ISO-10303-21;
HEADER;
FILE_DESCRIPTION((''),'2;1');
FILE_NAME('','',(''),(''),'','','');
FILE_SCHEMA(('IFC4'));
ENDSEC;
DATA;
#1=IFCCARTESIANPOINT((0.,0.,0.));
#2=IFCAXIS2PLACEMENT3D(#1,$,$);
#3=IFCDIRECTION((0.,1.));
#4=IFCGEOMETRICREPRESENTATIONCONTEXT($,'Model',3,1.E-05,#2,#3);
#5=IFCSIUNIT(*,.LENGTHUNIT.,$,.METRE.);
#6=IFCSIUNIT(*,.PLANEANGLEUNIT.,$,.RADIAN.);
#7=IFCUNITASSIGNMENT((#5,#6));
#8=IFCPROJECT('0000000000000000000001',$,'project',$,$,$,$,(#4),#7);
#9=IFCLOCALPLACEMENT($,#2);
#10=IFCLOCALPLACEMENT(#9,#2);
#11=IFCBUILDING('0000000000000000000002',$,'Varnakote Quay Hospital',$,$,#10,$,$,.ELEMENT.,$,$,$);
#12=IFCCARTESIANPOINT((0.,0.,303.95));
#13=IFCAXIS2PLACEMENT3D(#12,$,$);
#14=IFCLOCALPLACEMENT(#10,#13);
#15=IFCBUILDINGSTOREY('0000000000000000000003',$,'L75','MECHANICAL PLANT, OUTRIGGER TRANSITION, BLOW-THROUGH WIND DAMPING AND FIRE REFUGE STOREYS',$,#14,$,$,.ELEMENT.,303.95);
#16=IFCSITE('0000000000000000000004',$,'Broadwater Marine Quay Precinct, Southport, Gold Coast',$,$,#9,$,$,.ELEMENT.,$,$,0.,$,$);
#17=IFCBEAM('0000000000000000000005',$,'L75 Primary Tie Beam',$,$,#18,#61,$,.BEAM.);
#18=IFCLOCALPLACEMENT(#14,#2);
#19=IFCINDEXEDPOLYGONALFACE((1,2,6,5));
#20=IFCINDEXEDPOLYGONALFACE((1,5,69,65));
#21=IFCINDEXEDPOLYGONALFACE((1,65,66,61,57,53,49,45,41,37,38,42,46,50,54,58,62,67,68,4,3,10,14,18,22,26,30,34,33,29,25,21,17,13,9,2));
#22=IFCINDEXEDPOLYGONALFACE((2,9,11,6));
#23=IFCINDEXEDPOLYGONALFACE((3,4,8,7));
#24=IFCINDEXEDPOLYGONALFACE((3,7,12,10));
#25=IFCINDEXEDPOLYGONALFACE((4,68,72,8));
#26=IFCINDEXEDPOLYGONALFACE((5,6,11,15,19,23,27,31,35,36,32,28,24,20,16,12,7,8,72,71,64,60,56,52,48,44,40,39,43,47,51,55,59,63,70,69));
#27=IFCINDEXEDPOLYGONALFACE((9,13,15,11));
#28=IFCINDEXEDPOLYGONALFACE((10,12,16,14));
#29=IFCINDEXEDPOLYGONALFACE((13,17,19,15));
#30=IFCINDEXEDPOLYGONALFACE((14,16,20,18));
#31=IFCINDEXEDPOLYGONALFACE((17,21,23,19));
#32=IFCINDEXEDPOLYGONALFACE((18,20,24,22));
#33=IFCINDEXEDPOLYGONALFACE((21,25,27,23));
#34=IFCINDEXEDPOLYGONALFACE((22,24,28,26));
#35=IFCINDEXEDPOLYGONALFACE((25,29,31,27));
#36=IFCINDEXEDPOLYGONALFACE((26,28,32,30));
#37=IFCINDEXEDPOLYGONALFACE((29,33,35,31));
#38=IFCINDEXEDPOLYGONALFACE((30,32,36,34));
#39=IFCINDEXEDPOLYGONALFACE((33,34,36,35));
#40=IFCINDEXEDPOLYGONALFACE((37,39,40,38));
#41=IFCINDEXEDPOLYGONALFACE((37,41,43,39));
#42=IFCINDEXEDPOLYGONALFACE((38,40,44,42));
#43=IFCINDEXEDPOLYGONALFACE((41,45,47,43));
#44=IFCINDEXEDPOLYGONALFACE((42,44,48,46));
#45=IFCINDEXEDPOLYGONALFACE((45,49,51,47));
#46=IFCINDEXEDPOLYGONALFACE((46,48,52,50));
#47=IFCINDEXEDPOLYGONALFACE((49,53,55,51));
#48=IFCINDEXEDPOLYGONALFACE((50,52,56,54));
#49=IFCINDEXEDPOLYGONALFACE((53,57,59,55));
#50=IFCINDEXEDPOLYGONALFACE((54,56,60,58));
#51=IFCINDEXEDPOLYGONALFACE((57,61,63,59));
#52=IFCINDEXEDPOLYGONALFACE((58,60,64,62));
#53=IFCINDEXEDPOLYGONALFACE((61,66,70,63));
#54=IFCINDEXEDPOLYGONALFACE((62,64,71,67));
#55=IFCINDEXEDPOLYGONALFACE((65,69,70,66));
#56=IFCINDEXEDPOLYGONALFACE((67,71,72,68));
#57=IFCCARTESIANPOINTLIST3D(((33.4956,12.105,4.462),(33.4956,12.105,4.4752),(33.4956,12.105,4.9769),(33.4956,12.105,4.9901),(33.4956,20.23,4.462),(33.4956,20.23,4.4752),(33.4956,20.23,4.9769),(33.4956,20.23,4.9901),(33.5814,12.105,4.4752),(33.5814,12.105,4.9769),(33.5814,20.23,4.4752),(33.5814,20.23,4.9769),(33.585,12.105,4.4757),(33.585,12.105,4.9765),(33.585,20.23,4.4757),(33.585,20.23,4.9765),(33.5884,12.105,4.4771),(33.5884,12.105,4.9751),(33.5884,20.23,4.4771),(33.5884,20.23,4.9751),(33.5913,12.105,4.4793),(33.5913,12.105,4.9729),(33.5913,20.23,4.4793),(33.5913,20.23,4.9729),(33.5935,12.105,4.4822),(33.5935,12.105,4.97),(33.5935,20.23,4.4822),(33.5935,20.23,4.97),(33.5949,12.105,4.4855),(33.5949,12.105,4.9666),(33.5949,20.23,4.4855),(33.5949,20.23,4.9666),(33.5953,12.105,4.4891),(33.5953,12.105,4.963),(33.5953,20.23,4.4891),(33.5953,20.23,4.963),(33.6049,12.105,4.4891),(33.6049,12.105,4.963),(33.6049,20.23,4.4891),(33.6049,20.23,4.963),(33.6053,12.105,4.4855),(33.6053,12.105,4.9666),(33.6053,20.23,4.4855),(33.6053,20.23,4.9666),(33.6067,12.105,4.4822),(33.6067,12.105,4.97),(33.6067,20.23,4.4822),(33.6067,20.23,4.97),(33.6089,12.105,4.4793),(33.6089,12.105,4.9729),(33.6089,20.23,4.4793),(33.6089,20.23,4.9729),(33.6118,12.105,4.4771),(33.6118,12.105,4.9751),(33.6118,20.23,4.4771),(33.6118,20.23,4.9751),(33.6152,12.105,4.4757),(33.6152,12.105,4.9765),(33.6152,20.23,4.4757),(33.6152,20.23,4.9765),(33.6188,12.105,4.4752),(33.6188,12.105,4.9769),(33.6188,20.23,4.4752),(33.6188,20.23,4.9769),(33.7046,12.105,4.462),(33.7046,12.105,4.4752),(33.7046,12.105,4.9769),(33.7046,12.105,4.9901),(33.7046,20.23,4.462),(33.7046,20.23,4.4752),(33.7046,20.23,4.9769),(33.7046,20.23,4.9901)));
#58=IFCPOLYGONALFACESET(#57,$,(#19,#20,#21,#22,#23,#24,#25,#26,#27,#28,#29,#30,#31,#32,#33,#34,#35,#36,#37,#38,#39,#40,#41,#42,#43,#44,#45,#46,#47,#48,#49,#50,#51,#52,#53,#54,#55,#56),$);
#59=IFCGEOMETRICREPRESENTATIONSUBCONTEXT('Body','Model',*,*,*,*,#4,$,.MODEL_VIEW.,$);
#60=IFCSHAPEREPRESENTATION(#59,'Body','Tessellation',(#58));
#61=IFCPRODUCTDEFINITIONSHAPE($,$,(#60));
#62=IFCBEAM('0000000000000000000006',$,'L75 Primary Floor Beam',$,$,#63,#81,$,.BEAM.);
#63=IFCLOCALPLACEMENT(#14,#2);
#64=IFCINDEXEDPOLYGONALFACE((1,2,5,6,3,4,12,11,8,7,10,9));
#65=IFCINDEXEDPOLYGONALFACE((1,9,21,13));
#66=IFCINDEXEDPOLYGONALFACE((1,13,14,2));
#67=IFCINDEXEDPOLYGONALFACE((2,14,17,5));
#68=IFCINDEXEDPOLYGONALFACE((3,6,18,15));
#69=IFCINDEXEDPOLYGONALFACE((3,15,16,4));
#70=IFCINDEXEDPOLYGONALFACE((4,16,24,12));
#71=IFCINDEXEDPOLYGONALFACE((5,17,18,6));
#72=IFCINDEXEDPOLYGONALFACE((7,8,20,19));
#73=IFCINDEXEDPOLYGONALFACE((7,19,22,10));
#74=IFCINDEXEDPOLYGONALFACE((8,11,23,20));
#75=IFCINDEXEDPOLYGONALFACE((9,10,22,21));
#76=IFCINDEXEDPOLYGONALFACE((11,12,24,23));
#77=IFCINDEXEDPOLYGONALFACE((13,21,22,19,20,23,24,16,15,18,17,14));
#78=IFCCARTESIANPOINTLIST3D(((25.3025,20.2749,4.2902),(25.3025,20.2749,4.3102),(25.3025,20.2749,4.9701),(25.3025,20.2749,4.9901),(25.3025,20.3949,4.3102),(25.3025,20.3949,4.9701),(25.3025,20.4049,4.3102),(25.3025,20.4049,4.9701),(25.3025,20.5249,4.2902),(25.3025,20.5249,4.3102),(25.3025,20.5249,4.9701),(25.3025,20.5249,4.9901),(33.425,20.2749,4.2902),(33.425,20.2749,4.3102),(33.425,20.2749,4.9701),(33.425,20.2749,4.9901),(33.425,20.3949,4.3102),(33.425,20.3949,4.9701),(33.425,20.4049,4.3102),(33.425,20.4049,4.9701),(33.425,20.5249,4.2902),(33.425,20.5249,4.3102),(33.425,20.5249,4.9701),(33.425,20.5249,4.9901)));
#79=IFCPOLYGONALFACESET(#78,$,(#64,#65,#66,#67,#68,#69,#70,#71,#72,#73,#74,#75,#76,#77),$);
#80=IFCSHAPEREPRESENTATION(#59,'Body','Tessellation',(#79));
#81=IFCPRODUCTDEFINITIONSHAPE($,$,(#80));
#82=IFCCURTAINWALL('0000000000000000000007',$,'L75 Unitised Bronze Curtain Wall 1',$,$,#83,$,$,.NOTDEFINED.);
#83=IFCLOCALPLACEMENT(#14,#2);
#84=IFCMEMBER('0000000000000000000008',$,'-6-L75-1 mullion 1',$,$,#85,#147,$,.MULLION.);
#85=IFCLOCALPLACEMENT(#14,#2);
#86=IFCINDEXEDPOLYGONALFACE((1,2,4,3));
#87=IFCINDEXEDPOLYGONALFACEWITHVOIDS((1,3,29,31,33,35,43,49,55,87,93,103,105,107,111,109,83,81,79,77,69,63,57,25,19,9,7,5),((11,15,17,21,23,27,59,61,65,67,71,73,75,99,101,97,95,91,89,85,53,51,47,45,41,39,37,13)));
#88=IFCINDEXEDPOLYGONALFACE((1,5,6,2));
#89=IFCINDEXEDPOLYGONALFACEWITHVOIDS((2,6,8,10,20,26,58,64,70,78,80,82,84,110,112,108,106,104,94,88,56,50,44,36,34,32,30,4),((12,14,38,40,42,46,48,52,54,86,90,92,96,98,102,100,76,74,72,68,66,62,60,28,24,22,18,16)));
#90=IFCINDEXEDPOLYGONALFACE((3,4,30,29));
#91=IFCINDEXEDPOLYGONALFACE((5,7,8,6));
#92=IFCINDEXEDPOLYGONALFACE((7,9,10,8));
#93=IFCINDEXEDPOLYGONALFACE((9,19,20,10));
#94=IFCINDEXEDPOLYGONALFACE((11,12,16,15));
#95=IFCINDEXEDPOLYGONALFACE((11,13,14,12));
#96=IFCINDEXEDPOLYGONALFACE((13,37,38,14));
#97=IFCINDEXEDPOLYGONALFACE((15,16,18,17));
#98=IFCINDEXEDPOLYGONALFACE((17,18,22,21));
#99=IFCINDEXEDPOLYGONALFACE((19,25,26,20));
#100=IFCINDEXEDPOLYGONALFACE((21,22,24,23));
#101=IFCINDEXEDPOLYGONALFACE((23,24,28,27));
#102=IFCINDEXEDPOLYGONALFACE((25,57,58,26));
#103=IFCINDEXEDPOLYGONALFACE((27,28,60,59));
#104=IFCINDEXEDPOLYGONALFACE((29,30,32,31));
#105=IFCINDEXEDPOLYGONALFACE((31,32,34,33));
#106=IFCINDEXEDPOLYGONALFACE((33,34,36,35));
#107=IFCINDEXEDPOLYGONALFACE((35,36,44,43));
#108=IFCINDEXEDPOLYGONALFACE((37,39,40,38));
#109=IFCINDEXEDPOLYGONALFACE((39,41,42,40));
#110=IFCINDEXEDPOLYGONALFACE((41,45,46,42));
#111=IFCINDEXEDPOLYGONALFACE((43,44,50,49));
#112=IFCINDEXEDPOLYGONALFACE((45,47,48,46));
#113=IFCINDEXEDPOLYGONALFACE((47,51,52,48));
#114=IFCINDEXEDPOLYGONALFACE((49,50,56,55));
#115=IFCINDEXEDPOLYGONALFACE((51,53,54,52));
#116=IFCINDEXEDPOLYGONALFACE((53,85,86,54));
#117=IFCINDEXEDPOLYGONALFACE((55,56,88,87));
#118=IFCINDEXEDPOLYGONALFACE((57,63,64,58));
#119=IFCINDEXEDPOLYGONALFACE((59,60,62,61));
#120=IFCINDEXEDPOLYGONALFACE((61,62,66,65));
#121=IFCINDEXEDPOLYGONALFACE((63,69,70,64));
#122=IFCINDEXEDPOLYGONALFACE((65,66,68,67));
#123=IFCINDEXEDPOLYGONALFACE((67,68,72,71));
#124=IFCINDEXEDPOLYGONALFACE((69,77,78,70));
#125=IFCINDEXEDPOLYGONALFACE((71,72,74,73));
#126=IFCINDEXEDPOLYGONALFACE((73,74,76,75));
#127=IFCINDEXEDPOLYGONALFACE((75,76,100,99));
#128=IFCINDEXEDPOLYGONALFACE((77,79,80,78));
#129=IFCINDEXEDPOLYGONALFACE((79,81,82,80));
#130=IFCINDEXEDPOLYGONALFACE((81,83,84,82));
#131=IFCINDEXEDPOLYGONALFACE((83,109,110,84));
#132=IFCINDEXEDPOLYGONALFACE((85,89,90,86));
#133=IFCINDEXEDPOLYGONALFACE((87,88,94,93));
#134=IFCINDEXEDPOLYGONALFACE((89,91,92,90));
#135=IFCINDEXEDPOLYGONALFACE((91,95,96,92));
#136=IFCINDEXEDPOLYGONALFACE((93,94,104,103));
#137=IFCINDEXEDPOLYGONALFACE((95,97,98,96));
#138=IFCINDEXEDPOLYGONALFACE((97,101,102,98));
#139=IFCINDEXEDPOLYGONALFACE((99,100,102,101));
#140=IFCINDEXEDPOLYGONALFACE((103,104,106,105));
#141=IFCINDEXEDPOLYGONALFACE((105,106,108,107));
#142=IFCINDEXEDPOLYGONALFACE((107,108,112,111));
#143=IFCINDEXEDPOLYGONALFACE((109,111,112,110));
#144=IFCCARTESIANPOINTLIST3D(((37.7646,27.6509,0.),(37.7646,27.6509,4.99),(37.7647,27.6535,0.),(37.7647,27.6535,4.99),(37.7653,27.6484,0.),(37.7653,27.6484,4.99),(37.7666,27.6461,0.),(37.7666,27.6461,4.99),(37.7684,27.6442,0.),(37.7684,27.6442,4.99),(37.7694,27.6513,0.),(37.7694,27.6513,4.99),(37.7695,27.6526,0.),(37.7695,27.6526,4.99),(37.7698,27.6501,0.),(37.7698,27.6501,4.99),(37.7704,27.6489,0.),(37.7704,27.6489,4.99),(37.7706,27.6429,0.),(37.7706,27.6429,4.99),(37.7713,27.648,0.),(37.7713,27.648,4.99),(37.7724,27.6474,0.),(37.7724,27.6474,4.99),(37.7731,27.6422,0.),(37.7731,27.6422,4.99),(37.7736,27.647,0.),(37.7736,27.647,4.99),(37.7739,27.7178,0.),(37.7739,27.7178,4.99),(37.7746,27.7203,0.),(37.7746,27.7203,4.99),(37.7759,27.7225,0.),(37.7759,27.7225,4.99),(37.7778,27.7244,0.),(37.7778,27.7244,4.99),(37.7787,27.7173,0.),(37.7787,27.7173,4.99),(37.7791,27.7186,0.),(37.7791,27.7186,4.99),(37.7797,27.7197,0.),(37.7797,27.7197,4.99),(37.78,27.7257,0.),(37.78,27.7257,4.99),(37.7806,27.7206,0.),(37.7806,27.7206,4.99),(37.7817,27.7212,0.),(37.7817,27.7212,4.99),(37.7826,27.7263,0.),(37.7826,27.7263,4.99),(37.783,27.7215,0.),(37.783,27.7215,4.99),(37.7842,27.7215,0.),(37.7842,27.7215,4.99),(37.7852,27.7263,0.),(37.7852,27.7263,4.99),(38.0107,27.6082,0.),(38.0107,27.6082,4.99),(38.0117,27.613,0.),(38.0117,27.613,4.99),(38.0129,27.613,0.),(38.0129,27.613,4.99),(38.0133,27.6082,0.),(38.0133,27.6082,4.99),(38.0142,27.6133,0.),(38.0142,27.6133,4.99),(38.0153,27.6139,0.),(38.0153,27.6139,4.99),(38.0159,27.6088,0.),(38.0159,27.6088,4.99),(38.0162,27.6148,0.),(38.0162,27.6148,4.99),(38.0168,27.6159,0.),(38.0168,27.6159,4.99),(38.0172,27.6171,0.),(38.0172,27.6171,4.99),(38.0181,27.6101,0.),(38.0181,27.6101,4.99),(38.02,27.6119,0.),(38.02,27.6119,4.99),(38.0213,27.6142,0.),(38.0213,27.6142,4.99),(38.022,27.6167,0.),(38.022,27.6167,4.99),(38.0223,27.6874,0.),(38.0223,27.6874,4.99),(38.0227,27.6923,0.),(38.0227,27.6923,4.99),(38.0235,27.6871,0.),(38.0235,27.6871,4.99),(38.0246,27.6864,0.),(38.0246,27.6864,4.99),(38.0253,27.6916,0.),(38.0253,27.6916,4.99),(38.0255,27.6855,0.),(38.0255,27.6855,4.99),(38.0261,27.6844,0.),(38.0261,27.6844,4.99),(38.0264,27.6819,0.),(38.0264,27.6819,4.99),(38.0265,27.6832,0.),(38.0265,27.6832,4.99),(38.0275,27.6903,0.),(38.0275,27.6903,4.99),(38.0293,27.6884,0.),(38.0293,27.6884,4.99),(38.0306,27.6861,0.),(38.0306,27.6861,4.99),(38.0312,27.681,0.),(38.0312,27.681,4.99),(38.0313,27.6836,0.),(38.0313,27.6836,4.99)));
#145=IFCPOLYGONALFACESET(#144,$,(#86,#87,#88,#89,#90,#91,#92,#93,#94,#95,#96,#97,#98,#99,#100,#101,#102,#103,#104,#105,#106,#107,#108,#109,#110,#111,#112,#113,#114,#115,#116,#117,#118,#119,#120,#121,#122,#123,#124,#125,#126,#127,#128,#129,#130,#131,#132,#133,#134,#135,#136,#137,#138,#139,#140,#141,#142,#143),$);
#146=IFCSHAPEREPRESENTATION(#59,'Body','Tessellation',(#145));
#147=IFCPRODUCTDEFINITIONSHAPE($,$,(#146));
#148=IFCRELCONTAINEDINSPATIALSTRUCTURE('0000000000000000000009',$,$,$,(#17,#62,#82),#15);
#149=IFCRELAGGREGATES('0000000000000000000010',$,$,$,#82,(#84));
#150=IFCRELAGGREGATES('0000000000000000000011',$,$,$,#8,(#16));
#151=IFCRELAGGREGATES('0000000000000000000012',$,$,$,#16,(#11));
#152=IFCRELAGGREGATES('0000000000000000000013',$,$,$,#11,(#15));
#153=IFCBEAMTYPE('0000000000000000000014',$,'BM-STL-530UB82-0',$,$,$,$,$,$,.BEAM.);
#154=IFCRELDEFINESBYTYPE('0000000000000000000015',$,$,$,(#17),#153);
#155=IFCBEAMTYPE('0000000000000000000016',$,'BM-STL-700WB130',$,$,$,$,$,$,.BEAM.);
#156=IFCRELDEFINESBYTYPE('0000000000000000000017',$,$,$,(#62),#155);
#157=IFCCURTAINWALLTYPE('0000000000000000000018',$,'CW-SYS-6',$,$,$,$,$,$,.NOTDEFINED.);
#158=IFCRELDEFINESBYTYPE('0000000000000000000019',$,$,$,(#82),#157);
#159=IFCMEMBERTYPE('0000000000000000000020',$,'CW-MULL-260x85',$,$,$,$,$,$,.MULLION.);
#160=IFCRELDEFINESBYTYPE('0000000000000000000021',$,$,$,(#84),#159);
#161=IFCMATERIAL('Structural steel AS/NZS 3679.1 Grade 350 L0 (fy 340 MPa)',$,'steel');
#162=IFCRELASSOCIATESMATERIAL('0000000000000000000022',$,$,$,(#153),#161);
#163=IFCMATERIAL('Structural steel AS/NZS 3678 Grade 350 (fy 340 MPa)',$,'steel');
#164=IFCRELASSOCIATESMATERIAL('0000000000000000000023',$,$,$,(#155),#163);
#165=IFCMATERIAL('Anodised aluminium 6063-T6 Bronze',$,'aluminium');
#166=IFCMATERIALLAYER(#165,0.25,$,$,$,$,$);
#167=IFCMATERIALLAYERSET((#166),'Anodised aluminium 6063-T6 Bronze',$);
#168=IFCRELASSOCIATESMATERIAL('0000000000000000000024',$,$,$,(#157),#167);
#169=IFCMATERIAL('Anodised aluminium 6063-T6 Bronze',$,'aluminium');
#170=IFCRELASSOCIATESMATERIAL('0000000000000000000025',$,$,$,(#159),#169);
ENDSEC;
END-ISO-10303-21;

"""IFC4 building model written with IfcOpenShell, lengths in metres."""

from ifc_helpers import new_model, si_unit, direction, frame, origin, origin_2d, place, context, subcontext, project, spatial, hollow_rectangle, i_section, extrude, material, layer, layer_set, material_profile, profile_set, type_object, element, aggregate, save


model = new_model("IFC4")

# Units and contexts
model_context = context("Model", 3, precision=1e-05, world=origin(), true_north=direction((0.0, 1.0)))
body_context = subcontext(model_context, "Body", "Model", "MODEL_VIEW")
ifc_project = project(units=[si_unit("LENGTHUNIT", "METRE"), si_unit("PLANEANGLEUNIT", "RADIAN")], contexts=[model_context])

# Site, building, storey
site_placement = place(None, origin())
site = spatial("IfcSite", under=ifc_project, at=site_placement, Name="Broadwater Marine Quay Precinct, Southport, Gold Coast", CompositionType="ELEMENT", RefElevation=0.0)
building_placement = place(site_placement, origin())
building = spatial("IfcBuilding", under=site, at=building_placement, Name="Varnakote Quay Hospital", CompositionType="ELEMENT")
storey_placement = place(building_placement, frame((0.0, 0.0, 303.95)))
storey = spatial("IfcBuildingStorey", under=building, at=storey_placement, Name="L75", Description="MECHANICAL PLANT, OUTRIGGER TRANSITION, BLOW-THROUGH WIND DAMPING AND FIRE REFUGE STOREYS", CompositionType="ELEMENT", Elevation=303.95)

# Beams
ifc_material_1 = material(Name="Structural steel AS/NZS 3679.1 Grade 350 L0 (fy 340 MPa)", Category="steel")
ifc_material_profile_1 = material_profile(ifc_material_1, i_section(OverallWidth=0.209, OverallDepth=0.5281, WebThickness=0.0095, FlangeThickness=0.0132, FilletRadius=0.0139, at=origin_2d()), Name="530UB82.0")
ifc_profile_set_1 = profile_set([ifc_material_profile_1], Name="Structural steel AS/NZS 3679.1 Grade 350 L0 (fy 340 MPa)")
beam_type_1 = type_object("IfcBeamType", Name="BM-STL-530UB82-0", PredefinedType="BEAM", material=ifc_profile_set_1)
beam_1_placement = place(storey_placement, frame((33.6001, 12.105, 4.7261), z_axis=(0.0, 1.0, 0.0), x_axis=(-1.0, 0.0, 0.0)))
element("IfcBeam", 1, at=beam_1_placement, inside=storey, type_object=beam_type_1, Name="L75 Primary Tie Beam", PredefinedType="BEAM", context=body_context, shape_type="SweptSolid", body=[
    extrude(i_section(OverallWidth=0.209, OverallDepth=0.5281, WebThickness=0.0095, FlangeThickness=0.0132, FilletRadius=0.0139, at=origin_2d()), origin(), (0.0, 0.0, 1.0), 8.125),
])
ifc_material_2 = material(Name="Structural steel AS/NZS 3678 Grade 350 (fy 340 MPa)", Category="steel")
ifc_material_profile_2 = material_profile(ifc_material_2, i_section(OverallWidth=0.25, OverallDepth=0.7, WebThickness=0.01, FlangeThickness=0.02, at=origin_2d()), Name="700WB130")
ifc_profile_set_2 = profile_set([ifc_material_profile_2], Name="Structural steel AS/NZS 3678 Grade 350 (fy 340 MPa)")
beam_type_2 = type_object("IfcBeamType", Name="BM-STL-700WB130", PredefinedType="BEAM", material=ifc_profile_set_2)
beam_2_placement = place(storey_placement, frame((25.3025, 20.3999, 4.6401), z_axis=(1.0, 0.0, 0.0), x_axis=(0.0, 1.0, 0.0)))
element("IfcBeam", 2, at=beam_2_placement, inside=storey, type_object=beam_type_2, Name="L75 Primary Floor Beam", PredefinedType="BEAM", context=body_context, shape_type="SweptSolid", body=[
    extrude(i_section(OverallWidth=0.25, OverallDepth=0.7, WebThickness=0.01, FlangeThickness=0.02, at=origin_2d()), origin(), (0.0, 0.0, 1.0), 8.1226),
])

# Curtain wall, member
ifc_material_3 = material(Name="Anodised aluminium 6063-T6 Bronze", Category="aluminium")
ifc_layer_1 = layer(ifc_material_3, 0.25)
ifc_layer_set_1 = layer_set([ifc_layer_1], Name="Anodised aluminium 6063-T6 Bronze")
curtain_wall_type = type_object("IfcCurtainWallType", Name="CW-SYS-6", PredefinedType="NOTDEFINED", material=ifc_layer_set_1)
curtain_wall_placement = place(storey_placement, origin())
curtain_wall = element("IfcCurtainWall", 3, at=curtain_wall_placement, inside=storey, type_object=curtain_wall_type, Name="L75 Unitised Bronze Curtain Wall 1", PredefinedType="NOTDEFINED")
ifc_material_4 = material(Name="Anodised aluminium 6063-T6 Bronze", Category="aluminium")
ifc_material_profile_3 = material_profile(ifc_material_4, hollow_rectangle(XDim=0.085, YDim=0.26, WallThickness=0.0049, InnerFilletRadius=0.0049, OuterFilletRadius=0.01, at=origin_2d()), Name="CW-MULL-260x85")
ifc_profile_set_3 = profile_set([ifc_material_profile_3], Name="Anodised aluminium 6063-T6 Bronze")
member_type_1 = type_object("IfcMemberType", Name="CW-MULL-260x85", PredefinedType="MULLION", material=ifc_profile_set_3)
member_1_placement = place(storey_placement, frame((37.8979, 27.6672, 0.0), z_axis=(0.0, 0.0, 1.0), x_axis=(-0.141572, -0.989928, 0.0)))
member_1 = element("IfcMember", 4, at=member_1_placement, type_object=member_type_1, Name="-6-L75-1 mullion 1", PredefinedType="MULLION", context=body_context, shape_type="SweptSolid", body=[
    extrude(hollow_rectangle(XDim=0.085, YDim=0.26, WallThickness=0.0049, InnerFilletRadius=0.0049, OuterFilletRadius=0.01, at=origin_2d()), origin(), (0.0, 0.0, 1.0), 4.99),
])
aggregate(curtain_wall, [member_1])

save(model, "model.ifc")
